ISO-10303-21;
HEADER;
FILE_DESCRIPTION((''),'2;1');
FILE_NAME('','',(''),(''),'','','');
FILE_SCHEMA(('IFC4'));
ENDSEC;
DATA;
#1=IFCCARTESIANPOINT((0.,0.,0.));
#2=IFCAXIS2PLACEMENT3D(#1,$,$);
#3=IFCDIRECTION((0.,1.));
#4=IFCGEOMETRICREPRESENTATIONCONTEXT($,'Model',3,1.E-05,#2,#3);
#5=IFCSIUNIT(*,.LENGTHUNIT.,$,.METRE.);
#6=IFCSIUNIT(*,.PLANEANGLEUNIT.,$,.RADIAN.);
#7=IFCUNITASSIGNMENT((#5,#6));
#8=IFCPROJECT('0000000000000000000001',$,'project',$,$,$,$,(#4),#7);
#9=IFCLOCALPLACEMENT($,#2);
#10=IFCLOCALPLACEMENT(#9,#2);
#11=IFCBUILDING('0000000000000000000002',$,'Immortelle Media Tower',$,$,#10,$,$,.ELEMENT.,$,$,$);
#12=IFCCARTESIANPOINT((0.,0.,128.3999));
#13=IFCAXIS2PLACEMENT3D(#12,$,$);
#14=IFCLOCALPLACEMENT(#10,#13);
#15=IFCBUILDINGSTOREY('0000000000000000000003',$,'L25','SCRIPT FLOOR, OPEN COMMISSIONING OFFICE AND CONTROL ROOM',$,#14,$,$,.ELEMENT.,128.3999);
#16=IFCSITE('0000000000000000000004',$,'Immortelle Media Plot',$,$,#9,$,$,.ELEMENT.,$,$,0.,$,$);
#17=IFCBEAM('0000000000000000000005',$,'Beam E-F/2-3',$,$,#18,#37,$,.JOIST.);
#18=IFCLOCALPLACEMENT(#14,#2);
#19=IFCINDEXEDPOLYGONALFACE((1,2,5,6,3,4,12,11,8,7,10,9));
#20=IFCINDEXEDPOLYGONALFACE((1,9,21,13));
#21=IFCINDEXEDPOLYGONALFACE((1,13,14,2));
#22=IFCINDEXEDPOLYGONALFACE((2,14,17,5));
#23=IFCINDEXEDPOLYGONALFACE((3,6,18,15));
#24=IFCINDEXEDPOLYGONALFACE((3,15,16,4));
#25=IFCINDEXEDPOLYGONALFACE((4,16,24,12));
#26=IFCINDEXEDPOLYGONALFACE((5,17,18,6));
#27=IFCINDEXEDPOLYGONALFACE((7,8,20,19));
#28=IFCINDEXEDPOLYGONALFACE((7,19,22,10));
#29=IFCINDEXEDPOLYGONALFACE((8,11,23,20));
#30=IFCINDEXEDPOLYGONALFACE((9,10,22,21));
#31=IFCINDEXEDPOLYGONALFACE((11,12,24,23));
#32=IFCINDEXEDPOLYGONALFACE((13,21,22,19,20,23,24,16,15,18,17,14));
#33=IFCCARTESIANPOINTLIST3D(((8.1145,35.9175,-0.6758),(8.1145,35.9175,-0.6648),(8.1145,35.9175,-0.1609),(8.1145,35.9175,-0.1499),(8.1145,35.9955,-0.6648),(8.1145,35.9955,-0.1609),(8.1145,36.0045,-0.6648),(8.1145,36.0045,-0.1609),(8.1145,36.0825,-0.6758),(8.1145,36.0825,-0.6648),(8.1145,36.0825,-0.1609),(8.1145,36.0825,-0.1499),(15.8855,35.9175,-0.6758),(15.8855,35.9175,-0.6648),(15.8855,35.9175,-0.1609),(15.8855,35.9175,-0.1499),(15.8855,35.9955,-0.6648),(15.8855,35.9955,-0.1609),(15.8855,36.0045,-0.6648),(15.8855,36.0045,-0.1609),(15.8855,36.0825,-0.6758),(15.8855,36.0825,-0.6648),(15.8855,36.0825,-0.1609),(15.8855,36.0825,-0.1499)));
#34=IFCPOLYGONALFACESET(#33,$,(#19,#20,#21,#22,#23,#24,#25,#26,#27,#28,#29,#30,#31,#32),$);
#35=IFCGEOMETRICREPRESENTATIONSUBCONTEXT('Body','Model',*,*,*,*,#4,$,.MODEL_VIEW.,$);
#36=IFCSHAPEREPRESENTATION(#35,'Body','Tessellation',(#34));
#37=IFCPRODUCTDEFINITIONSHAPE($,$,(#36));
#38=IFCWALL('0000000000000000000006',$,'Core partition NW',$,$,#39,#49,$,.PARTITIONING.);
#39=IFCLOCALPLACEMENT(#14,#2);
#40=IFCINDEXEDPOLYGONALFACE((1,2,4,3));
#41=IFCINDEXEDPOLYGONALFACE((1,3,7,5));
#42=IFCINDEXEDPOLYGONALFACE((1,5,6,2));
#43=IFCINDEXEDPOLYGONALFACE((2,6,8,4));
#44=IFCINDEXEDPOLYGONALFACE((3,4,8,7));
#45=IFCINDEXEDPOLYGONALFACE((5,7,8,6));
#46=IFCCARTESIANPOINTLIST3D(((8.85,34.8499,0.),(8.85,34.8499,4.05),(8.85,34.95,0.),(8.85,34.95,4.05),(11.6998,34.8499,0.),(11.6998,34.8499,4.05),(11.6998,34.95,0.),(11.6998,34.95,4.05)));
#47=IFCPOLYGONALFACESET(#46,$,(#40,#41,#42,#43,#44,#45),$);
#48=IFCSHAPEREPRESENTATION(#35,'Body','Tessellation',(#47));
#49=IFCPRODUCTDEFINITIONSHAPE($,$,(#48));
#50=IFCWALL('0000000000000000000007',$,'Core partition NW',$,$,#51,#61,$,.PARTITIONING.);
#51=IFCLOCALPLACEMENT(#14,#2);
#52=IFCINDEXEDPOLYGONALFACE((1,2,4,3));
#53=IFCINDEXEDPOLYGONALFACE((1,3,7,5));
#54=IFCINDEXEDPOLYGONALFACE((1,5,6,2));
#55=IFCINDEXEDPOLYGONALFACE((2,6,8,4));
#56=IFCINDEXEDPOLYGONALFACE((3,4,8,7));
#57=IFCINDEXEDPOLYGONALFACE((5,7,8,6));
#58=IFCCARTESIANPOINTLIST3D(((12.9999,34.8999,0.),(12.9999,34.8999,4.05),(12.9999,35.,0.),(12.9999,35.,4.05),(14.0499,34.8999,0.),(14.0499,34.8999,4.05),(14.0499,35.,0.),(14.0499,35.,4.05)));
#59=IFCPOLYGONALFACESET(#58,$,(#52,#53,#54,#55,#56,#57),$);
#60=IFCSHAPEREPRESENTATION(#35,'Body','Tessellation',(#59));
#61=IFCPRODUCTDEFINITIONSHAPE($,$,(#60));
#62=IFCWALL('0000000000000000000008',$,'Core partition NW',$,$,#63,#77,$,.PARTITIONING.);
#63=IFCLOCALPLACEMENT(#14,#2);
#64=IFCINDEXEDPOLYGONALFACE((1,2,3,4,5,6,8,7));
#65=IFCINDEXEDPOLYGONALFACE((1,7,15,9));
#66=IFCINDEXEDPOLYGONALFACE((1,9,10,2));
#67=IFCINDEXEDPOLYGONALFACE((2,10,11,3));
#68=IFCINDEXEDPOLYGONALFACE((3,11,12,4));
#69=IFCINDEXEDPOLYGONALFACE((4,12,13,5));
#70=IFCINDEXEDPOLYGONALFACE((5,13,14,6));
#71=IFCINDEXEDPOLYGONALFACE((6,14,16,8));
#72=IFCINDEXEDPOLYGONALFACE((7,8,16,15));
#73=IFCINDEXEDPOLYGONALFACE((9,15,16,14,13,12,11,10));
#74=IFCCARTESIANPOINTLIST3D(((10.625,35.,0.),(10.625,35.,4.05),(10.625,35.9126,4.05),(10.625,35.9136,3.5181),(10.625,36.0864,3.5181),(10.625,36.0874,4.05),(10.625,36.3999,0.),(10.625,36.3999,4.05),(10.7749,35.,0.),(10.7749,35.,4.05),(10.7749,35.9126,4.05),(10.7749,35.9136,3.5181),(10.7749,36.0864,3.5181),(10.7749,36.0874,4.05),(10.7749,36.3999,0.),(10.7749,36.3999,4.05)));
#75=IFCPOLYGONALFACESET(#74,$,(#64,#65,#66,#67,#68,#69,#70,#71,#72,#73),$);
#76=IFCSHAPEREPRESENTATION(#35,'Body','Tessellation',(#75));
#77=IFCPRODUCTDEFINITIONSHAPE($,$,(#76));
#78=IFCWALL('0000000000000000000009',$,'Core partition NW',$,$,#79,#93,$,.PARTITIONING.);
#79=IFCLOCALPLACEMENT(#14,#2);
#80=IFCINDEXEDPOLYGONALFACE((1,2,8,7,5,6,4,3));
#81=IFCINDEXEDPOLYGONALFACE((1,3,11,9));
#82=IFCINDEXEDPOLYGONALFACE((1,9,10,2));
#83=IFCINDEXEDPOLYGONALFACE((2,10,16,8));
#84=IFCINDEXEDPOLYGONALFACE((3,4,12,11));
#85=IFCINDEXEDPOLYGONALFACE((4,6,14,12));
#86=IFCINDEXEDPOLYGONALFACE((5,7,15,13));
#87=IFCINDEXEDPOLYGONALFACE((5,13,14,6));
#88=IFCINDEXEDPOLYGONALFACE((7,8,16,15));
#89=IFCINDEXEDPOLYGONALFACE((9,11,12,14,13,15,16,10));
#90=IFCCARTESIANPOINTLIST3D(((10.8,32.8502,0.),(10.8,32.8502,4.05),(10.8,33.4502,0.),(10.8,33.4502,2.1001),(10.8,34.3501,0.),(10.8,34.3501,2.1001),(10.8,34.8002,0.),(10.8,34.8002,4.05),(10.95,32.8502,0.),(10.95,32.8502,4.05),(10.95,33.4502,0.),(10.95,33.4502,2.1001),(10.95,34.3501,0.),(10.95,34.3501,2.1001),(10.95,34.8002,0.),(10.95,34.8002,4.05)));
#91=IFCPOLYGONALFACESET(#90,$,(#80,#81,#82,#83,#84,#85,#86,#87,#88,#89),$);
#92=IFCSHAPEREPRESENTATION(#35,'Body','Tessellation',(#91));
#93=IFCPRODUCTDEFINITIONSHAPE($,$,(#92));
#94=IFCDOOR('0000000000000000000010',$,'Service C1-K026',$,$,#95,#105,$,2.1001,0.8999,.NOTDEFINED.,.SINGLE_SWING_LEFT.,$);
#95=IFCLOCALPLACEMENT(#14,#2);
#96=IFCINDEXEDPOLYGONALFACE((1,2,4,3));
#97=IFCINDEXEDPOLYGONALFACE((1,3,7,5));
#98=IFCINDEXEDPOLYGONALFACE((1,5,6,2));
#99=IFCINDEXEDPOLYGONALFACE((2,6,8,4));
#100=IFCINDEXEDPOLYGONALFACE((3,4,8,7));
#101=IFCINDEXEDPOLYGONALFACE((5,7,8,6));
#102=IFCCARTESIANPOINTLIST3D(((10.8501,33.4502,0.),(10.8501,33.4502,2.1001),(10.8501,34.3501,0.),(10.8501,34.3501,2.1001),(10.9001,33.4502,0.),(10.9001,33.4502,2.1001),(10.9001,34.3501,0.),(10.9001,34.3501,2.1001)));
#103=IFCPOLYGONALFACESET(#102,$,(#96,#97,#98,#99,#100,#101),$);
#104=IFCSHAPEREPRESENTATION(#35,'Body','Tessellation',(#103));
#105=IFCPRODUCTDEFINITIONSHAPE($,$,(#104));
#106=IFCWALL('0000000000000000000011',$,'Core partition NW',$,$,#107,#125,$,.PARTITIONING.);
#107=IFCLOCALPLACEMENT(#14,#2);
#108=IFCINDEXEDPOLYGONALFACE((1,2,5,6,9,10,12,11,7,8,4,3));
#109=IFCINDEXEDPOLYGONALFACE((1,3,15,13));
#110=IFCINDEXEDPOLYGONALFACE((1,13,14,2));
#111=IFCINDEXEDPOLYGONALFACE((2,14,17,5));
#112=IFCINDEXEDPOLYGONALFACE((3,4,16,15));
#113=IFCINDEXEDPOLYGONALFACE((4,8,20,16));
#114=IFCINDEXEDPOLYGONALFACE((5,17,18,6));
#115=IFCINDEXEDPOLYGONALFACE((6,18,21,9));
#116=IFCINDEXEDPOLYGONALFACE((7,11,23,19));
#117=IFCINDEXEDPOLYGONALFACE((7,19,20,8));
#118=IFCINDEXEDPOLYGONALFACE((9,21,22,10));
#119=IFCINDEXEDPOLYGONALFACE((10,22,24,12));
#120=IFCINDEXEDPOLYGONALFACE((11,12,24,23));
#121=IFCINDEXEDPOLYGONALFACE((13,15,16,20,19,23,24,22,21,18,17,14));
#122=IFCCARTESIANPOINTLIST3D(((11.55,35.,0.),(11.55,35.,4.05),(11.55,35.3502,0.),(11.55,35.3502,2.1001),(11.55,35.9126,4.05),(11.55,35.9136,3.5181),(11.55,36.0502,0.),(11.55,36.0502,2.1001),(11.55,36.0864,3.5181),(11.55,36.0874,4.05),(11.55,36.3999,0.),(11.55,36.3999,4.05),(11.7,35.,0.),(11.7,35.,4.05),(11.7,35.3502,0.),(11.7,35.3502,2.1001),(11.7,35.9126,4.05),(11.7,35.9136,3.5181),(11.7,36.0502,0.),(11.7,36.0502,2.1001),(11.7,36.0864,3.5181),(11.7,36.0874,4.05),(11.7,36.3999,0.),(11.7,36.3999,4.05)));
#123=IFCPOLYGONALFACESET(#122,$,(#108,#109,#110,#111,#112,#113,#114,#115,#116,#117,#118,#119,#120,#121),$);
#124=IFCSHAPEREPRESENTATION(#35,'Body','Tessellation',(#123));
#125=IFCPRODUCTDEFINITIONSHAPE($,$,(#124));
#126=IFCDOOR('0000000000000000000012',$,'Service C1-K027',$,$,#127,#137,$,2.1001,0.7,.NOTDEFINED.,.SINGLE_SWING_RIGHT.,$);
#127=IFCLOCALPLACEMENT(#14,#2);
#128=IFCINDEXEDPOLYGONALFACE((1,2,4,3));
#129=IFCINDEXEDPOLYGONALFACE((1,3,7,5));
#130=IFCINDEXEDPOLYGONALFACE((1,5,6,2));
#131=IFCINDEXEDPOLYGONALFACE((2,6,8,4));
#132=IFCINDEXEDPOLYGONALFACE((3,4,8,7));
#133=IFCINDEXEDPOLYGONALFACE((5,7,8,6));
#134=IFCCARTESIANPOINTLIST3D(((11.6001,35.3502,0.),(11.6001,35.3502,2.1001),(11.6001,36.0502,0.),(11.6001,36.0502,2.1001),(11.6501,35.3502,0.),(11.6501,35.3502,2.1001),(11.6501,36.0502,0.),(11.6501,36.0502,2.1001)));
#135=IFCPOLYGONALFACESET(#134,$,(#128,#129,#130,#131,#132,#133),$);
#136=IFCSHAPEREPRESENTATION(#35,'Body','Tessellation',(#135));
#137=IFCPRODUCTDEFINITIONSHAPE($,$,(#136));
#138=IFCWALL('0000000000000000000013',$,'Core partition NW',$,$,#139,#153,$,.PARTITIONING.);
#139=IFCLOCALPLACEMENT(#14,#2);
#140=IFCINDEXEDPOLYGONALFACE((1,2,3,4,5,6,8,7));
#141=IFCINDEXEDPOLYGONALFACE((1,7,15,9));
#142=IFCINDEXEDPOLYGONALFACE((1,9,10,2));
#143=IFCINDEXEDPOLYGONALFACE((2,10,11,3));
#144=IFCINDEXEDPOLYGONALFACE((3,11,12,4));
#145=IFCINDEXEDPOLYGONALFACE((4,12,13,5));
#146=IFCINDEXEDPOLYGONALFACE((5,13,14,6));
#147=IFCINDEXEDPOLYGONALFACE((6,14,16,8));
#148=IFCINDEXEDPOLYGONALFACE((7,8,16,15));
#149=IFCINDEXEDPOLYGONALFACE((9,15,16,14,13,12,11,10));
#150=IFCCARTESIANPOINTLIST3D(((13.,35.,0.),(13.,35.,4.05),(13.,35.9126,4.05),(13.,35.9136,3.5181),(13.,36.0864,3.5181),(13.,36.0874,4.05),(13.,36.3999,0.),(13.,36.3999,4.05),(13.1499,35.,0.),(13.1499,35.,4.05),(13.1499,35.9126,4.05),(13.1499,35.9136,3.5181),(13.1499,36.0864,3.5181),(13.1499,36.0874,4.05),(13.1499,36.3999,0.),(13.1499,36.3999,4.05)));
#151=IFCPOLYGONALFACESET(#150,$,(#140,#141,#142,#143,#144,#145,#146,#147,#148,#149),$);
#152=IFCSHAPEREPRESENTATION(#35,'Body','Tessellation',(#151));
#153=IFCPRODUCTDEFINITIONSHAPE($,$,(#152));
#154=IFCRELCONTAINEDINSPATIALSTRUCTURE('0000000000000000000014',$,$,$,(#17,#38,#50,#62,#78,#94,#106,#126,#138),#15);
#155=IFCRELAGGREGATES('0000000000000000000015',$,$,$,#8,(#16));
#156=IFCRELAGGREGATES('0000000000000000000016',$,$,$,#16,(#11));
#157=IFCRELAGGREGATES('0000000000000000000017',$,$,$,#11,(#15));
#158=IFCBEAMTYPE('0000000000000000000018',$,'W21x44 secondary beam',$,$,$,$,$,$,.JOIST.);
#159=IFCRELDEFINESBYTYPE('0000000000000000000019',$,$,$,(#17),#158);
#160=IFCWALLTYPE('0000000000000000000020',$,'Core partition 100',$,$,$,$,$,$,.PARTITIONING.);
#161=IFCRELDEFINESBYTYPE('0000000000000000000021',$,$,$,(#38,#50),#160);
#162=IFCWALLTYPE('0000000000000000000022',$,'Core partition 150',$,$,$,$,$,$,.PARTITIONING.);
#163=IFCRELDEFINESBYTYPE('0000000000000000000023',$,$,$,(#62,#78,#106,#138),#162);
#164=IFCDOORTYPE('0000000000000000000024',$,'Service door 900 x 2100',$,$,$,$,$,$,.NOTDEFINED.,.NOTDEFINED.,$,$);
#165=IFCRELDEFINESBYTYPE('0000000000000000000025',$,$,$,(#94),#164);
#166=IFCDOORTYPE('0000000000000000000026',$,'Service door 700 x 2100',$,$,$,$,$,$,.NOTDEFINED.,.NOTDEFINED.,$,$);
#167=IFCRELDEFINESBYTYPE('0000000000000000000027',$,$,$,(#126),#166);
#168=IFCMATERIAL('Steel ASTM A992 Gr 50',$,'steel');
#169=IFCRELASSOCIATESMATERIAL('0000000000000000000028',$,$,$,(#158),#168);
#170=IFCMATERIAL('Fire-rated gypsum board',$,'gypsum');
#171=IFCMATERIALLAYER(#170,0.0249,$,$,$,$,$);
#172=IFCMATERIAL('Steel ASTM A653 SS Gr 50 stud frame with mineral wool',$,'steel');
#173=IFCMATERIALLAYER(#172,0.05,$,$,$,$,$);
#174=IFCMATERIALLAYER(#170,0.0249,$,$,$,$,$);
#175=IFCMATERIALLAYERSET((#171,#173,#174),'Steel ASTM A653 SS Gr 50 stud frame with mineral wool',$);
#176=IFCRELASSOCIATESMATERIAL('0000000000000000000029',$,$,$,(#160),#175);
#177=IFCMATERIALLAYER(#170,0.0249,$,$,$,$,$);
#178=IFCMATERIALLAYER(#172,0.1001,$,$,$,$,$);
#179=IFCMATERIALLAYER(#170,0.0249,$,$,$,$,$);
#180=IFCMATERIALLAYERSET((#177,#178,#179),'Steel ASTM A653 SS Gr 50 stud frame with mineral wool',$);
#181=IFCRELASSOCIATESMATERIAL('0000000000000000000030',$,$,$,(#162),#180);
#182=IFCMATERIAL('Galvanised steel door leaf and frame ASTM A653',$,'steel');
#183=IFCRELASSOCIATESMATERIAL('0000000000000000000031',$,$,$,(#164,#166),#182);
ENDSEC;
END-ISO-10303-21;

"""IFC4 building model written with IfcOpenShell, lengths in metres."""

from ifc_helpers import new_model, si_unit, direction, frame, frame_2d, origin, origin_2d, place, context, subcontext, project, spatial, polyline, rectangle, i_section, outline, extrude, material, layer, layer_set, material_profile, profile_set, type_object, element, fill, save


model = new_model("IFC4")

# Units and contexts
model_context = context("Model", 3, precision=1e-05, world=origin(), true_north=direction((0.0, 1.0)))
body_context = subcontext(model_context, "Body", "Model", "MODEL_VIEW")
ifc_project = project(units=[si_unit("LENGTHUNIT", "METRE"), si_unit("PLANEANGLEUNIT", "RADIAN")], contexts=[model_context])

# Site, building, storey
site_placement = place(None, origin())
site = spatial("IfcSite", under=ifc_project, at=site_placement, Name="Immortelle Media Plot", CompositionType="ELEMENT", RefElevation=0.0)
building_placement = place(site_placement, origin())
building = spatial("IfcBuilding", under=site, at=building_placement, Name="Immortelle Media Tower", CompositionType="ELEMENT")
storey_placement = place(building_placement, frame((0.0, 0.0, 128.3999)))
storey = spatial("IfcBuildingStorey", under=building, at=storey_placement, Name="L25", Description="SCRIPT FLOOR, OPEN COMMISSIONING OFFICE AND CONTROL ROOM", CompositionType="ELEMENT", Elevation=128.3999)

# Beam
ifc_material_1 = material(Name="Steel ASTM A992 Gr 50", Category="steel")
ifc_material_profile = material_profile(ifc_material_1, i_section(OverallWidth=0.165, OverallDepth=0.5259, WebThickness=0.009, FlangeThickness=0.011, at=origin_2d()), Name="W21x44")
ifc_profile_set = profile_set([ifc_material_profile], Name="Steel ASTM A992 Gr 50")
beam_type = type_object("IfcBeamType", Name="W21x44 secondary beam", PredefinedType="JOIST", material=ifc_profile_set)
beam_placement = place(storey_placement, frame((8.1145, 36.0, -0.4128), z_axis=(1.0, 0.0, 0.0), x_axis=(0.0, 1.0, 0.0)))
element("IfcBeam", 1, at=beam_placement, inside=storey, type_object=beam_type, Name="Beam E-F/2-3", PredefinedType="JOIST", context=body_context, shape_type="SweptSolid", body=[
    extrude(i_section(OverallWidth=0.165, OverallDepth=0.5259, WebThickness=0.009, FlangeThickness=0.011, at=origin_2d()), origin(), (0.0, 0.0, 1.0), 7.771),
])

# Walls
ifc_material_2 = material(Name="Fire-rated gypsum board", Category="gypsum")
ifc_layer_1 = layer(ifc_material_2, 0.0249)
ifc_material_3 = material(Name="Steel ASTM A653 SS Gr 50 stud frame with mineral wool", Category="steel")
ifc_layer_2 = layer(ifc_material_3, 0.05)
ifc_layer_3 = layer(ifc_material_2, 0.0249)
ifc_layer_set_1 = layer_set([ifc_layer_1, ifc_layer_2, ifc_layer_3], Name="Steel ASTM A653 SS Gr 50 stud frame with mineral wool")
wall_type_1 = type_object("IfcWallType", Name="Core partition 100", PredefinedType="PARTITIONING", material=ifc_layer_set_1)
wall_1_placement = place(storey_placement, frame((8.8501, 34.8999, 0.0), z_axis=(0.0, 0.0, 1.0), x_axis=(1.0, 0.0, 0.0)))
element("IfcWall", 2, at=wall_1_placement, inside=storey, type_object=wall_type_1, Name="Core partition NW", PredefinedType="PARTITIONING", context=body_context, shape_type="SweptSolid", body=[
    extrude(rectangle(XDim=2.8499, YDim=0.1001, at=frame_2d((1.4248, 0.0))), origin(), (0.0, 0.0, 1.0), 4.05),
])
wall_2_placement = place(storey_placement, frame((13.0, 34.95, 0.0), z_axis=(0.0, 0.0, 1.0), x_axis=(1.0, 0.0, 0.0)))
element("IfcWall", 3, at=wall_2_placement, inside=storey, type_object=wall_type_1, Name="Core partition NW", PredefinedType="PARTITIONING", context=body_context, shape_type="SweptSolid", body=[
    extrude(rectangle(XDim=1.05, YDim=0.1001, at=frame_2d((0.5249, 0.0))), origin(), (0.0, 0.0, 1.0), 4.05),
])
ifc_layer_4 = layer(ifc_material_2, 0.0249)
ifc_layer_5 = layer(ifc_material_3, 0.1001)
ifc_layer_6 = layer(ifc_material_2, 0.0249)
ifc_layer_set_2 = layer_set([ifc_layer_4, ifc_layer_5, ifc_layer_6], Name="Steel ASTM A653 SS Gr 50 stud frame with mineral wool")
wall_type_2 = type_object("IfcWallType", Name="Core partition 150", PredefinedType="PARTITIONING", material=ifc_layer_set_2)
wall_3_placement = place(storey_placement, frame((10.7, 35.0, 0.0), z_axis=(0.0, 0.0, 1.0), x_axis=(0.0, 1.0, 0.0)))
element("IfcWall", 4, at=wall_3_placement, inside=storey, type_object=wall_type_2, Name="Core partition NW", PredefinedType="PARTITIONING", context=body_context, shape_type="SweptSolid", body=[
    extrude(outline(polyline([(0.0, 0.0), (1.3999, 0.0), (1.3999, 4.05), (1.0874, 4.05), (1.0864, 3.5181), (0.9136, 3.5181), (0.9126, 4.05), (0.0, 4.05), (0.0, 0.0)])), frame((0.0, 0.075, 0.0), z_axis=(0.0, -1.0, 0.0), x_axis=(1.0, 0.0, 0.0)), (0.0, 0.0, 1.0), 0.1499),
])

# Walls, openings, doors
wall_4_placement = place(storey_placement, frame((10.875, 32.8501, 0.0), z_axis=(0.0, 0.0, 1.0), x_axis=(0.0, 1.0, 0.0)))
wall_4 = element("IfcWall", 5, at=wall_4_placement, inside=storey, type_object=wall_type_2, Name="Core partition NW", PredefinedType="PARTITIONING", context=body_context, shape_type="SweptSolid", body=[
    extrude(rectangle(XDim=1.95, YDim=0.1499, at=frame_2d((0.9751, 0.0))), origin(), (0.0, 0.0, 1.0), 4.05),
])
opening_1_placement = place(wall_4_placement, frame((0.6001, 0.0, 0.0)))
opening_1 = element("IfcOpeningElement", 6, at=opening_1_placement, cuts=wall_4, PredefinedType="OPENING", context=body_context, shape_type="SweptSolid", body=[
    extrude(rectangle(XDim=0.8999, YDim=2.1001, at=frame_2d((0.45, 1.05))), frame((0.0, 0.085, 0.0), z_axis=(0.0, -1.0, 0.0), x_axis=(1.0, 0.0, 0.0)), (0.0, 0.0, 1.0), 0.1699),
])
ifc_material_4 = material(Name="Galvanised steel door leaf and frame ASTM A653", Category="steel")
door_type_1 = type_object("IfcDoorType", Name="Service door 900 x 2100", OperationType="NOTDEFINED", PredefinedType="NOTDEFINED", material=ifc_material_4)
door_1_placement = place(opening_1_placement, origin())
door_1 = element("IfcDoor", 7, at=door_1_placement, inside=storey, type_object=door_type_1, Name="Service C1-K026", OperationType="SINGLE_SWING_LEFT", OverallHeight=2.1001, OverallWidth=0.8999, PredefinedType="NOTDEFINED", context=body_context, shape_type="SweptSolid", body=[
    extrude(rectangle(XDim=0.8999, YDim=2.1001, at=frame_2d((0.45, 1.05))), frame((0.0, 0.0249, 0.0), z_axis=(0.0, -1.0, 0.0), x_axis=(1.0, 0.0, 0.0)), (0.0, 0.0, 1.0), 0.05),
])
fill(opening_1, door_1)
wall_5_placement = place(storey_placement, frame((11.625, 35.0, 0.0), z_axis=(0.0, 0.0, 1.0), x_axis=(0.0, 1.0, 0.0)))
wall_5 = element("IfcWall", 8, at=wall_5_placement, inside=storey, type_object=wall_type_2, Name="Core partition NW", PredefinedType="PARTITIONING", context=body_context, shape_type="SweptSolid", body=[
    extrude(outline(polyline([(0.0, 0.0), (1.3999, 0.0), (1.3999, 4.05), (1.0874, 4.05), (1.0864, 3.5181), (0.9136, 3.5181), (0.9126, 4.05), (0.0, 4.05), (0.0, 0.0)])), frame((0.0, 0.075, 0.0), z_axis=(0.0, -1.0, 0.0), x_axis=(1.0, 0.0, 0.0)), (0.0, 0.0, 1.0), 0.1499),
])
opening_2_placement = place(wall_5_placement, frame((0.3501, 0.0, 0.0)))
opening_2 = element("IfcOpeningElement", 9, at=opening_2_placement, cuts=wall_5, PredefinedType="OPENING", context=body_context, shape_type="SweptSolid", body=[
    extrude(rectangle(XDim=0.7, YDim=2.1001, at=frame_2d((0.3501, 1.05))), frame((0.0, 0.085, 0.0), z_axis=(0.0, -1.0, 0.0), x_axis=(1.0, 0.0, 0.0)), (0.0, 0.0, 1.0), 0.1699),
])
door_type_2 = type_object("IfcDoorType", Name="Service door 700 x 2100", OperationType="NOTDEFINED", PredefinedType="NOTDEFINED", material=ifc_material_4)
door_2_placement = place(opening_2_placement, origin())
door_2 = element("IfcDoor", 10, at=door_2_placement, inside=storey, type_object=door_type_2, Name="Service C1-K027", OperationType="SINGLE_SWING_RIGHT", OverallHeight=2.1001, OverallWidth=0.7, PredefinedType="NOTDEFINED", context=body_context, shape_type="SweptSolid", body=[
    extrude(rectangle(XDim=0.7, YDim=2.1001, at=frame_2d((0.3501, 1.05))), frame((0.0, 0.0249, 0.0), z_axis=(0.0, -1.0, 0.0), x_axis=(1.0, 0.0, 0.0)), (0.0, 0.0, 1.0), 0.05),
])
fill(opening_2, door_2)

# Wall
wall_6_placement = place(storey_placement, frame((13.075, 35.0, 0.0), z_axis=(0.0, 0.0, 1.0), x_axis=(0.0, 1.0, 0.0)))
element("IfcWall", 11, at=wall_6_placement, inside=storey, type_object=wall_type_2, Name="Core partition NW", PredefinedType="PARTITIONING", context=body_context, shape_type="SweptSolid", body=[
    extrude(outline(polyline([(0.0, 0.0), (1.3999, 0.0), (1.3999, 4.05), (1.0874, 4.05), (1.0864, 3.5181), (0.9136, 3.5181), (0.9126, 4.05), (0.0, 4.05), (0.0, 0.0)])), frame((0.0, 0.075, 0.0), z_axis=(0.0, -1.0, 0.0), x_axis=(1.0, 0.0, 0.0)), (0.0, 0.0, 1.0), 0.1499),
])

save(model, "model.ifc")
